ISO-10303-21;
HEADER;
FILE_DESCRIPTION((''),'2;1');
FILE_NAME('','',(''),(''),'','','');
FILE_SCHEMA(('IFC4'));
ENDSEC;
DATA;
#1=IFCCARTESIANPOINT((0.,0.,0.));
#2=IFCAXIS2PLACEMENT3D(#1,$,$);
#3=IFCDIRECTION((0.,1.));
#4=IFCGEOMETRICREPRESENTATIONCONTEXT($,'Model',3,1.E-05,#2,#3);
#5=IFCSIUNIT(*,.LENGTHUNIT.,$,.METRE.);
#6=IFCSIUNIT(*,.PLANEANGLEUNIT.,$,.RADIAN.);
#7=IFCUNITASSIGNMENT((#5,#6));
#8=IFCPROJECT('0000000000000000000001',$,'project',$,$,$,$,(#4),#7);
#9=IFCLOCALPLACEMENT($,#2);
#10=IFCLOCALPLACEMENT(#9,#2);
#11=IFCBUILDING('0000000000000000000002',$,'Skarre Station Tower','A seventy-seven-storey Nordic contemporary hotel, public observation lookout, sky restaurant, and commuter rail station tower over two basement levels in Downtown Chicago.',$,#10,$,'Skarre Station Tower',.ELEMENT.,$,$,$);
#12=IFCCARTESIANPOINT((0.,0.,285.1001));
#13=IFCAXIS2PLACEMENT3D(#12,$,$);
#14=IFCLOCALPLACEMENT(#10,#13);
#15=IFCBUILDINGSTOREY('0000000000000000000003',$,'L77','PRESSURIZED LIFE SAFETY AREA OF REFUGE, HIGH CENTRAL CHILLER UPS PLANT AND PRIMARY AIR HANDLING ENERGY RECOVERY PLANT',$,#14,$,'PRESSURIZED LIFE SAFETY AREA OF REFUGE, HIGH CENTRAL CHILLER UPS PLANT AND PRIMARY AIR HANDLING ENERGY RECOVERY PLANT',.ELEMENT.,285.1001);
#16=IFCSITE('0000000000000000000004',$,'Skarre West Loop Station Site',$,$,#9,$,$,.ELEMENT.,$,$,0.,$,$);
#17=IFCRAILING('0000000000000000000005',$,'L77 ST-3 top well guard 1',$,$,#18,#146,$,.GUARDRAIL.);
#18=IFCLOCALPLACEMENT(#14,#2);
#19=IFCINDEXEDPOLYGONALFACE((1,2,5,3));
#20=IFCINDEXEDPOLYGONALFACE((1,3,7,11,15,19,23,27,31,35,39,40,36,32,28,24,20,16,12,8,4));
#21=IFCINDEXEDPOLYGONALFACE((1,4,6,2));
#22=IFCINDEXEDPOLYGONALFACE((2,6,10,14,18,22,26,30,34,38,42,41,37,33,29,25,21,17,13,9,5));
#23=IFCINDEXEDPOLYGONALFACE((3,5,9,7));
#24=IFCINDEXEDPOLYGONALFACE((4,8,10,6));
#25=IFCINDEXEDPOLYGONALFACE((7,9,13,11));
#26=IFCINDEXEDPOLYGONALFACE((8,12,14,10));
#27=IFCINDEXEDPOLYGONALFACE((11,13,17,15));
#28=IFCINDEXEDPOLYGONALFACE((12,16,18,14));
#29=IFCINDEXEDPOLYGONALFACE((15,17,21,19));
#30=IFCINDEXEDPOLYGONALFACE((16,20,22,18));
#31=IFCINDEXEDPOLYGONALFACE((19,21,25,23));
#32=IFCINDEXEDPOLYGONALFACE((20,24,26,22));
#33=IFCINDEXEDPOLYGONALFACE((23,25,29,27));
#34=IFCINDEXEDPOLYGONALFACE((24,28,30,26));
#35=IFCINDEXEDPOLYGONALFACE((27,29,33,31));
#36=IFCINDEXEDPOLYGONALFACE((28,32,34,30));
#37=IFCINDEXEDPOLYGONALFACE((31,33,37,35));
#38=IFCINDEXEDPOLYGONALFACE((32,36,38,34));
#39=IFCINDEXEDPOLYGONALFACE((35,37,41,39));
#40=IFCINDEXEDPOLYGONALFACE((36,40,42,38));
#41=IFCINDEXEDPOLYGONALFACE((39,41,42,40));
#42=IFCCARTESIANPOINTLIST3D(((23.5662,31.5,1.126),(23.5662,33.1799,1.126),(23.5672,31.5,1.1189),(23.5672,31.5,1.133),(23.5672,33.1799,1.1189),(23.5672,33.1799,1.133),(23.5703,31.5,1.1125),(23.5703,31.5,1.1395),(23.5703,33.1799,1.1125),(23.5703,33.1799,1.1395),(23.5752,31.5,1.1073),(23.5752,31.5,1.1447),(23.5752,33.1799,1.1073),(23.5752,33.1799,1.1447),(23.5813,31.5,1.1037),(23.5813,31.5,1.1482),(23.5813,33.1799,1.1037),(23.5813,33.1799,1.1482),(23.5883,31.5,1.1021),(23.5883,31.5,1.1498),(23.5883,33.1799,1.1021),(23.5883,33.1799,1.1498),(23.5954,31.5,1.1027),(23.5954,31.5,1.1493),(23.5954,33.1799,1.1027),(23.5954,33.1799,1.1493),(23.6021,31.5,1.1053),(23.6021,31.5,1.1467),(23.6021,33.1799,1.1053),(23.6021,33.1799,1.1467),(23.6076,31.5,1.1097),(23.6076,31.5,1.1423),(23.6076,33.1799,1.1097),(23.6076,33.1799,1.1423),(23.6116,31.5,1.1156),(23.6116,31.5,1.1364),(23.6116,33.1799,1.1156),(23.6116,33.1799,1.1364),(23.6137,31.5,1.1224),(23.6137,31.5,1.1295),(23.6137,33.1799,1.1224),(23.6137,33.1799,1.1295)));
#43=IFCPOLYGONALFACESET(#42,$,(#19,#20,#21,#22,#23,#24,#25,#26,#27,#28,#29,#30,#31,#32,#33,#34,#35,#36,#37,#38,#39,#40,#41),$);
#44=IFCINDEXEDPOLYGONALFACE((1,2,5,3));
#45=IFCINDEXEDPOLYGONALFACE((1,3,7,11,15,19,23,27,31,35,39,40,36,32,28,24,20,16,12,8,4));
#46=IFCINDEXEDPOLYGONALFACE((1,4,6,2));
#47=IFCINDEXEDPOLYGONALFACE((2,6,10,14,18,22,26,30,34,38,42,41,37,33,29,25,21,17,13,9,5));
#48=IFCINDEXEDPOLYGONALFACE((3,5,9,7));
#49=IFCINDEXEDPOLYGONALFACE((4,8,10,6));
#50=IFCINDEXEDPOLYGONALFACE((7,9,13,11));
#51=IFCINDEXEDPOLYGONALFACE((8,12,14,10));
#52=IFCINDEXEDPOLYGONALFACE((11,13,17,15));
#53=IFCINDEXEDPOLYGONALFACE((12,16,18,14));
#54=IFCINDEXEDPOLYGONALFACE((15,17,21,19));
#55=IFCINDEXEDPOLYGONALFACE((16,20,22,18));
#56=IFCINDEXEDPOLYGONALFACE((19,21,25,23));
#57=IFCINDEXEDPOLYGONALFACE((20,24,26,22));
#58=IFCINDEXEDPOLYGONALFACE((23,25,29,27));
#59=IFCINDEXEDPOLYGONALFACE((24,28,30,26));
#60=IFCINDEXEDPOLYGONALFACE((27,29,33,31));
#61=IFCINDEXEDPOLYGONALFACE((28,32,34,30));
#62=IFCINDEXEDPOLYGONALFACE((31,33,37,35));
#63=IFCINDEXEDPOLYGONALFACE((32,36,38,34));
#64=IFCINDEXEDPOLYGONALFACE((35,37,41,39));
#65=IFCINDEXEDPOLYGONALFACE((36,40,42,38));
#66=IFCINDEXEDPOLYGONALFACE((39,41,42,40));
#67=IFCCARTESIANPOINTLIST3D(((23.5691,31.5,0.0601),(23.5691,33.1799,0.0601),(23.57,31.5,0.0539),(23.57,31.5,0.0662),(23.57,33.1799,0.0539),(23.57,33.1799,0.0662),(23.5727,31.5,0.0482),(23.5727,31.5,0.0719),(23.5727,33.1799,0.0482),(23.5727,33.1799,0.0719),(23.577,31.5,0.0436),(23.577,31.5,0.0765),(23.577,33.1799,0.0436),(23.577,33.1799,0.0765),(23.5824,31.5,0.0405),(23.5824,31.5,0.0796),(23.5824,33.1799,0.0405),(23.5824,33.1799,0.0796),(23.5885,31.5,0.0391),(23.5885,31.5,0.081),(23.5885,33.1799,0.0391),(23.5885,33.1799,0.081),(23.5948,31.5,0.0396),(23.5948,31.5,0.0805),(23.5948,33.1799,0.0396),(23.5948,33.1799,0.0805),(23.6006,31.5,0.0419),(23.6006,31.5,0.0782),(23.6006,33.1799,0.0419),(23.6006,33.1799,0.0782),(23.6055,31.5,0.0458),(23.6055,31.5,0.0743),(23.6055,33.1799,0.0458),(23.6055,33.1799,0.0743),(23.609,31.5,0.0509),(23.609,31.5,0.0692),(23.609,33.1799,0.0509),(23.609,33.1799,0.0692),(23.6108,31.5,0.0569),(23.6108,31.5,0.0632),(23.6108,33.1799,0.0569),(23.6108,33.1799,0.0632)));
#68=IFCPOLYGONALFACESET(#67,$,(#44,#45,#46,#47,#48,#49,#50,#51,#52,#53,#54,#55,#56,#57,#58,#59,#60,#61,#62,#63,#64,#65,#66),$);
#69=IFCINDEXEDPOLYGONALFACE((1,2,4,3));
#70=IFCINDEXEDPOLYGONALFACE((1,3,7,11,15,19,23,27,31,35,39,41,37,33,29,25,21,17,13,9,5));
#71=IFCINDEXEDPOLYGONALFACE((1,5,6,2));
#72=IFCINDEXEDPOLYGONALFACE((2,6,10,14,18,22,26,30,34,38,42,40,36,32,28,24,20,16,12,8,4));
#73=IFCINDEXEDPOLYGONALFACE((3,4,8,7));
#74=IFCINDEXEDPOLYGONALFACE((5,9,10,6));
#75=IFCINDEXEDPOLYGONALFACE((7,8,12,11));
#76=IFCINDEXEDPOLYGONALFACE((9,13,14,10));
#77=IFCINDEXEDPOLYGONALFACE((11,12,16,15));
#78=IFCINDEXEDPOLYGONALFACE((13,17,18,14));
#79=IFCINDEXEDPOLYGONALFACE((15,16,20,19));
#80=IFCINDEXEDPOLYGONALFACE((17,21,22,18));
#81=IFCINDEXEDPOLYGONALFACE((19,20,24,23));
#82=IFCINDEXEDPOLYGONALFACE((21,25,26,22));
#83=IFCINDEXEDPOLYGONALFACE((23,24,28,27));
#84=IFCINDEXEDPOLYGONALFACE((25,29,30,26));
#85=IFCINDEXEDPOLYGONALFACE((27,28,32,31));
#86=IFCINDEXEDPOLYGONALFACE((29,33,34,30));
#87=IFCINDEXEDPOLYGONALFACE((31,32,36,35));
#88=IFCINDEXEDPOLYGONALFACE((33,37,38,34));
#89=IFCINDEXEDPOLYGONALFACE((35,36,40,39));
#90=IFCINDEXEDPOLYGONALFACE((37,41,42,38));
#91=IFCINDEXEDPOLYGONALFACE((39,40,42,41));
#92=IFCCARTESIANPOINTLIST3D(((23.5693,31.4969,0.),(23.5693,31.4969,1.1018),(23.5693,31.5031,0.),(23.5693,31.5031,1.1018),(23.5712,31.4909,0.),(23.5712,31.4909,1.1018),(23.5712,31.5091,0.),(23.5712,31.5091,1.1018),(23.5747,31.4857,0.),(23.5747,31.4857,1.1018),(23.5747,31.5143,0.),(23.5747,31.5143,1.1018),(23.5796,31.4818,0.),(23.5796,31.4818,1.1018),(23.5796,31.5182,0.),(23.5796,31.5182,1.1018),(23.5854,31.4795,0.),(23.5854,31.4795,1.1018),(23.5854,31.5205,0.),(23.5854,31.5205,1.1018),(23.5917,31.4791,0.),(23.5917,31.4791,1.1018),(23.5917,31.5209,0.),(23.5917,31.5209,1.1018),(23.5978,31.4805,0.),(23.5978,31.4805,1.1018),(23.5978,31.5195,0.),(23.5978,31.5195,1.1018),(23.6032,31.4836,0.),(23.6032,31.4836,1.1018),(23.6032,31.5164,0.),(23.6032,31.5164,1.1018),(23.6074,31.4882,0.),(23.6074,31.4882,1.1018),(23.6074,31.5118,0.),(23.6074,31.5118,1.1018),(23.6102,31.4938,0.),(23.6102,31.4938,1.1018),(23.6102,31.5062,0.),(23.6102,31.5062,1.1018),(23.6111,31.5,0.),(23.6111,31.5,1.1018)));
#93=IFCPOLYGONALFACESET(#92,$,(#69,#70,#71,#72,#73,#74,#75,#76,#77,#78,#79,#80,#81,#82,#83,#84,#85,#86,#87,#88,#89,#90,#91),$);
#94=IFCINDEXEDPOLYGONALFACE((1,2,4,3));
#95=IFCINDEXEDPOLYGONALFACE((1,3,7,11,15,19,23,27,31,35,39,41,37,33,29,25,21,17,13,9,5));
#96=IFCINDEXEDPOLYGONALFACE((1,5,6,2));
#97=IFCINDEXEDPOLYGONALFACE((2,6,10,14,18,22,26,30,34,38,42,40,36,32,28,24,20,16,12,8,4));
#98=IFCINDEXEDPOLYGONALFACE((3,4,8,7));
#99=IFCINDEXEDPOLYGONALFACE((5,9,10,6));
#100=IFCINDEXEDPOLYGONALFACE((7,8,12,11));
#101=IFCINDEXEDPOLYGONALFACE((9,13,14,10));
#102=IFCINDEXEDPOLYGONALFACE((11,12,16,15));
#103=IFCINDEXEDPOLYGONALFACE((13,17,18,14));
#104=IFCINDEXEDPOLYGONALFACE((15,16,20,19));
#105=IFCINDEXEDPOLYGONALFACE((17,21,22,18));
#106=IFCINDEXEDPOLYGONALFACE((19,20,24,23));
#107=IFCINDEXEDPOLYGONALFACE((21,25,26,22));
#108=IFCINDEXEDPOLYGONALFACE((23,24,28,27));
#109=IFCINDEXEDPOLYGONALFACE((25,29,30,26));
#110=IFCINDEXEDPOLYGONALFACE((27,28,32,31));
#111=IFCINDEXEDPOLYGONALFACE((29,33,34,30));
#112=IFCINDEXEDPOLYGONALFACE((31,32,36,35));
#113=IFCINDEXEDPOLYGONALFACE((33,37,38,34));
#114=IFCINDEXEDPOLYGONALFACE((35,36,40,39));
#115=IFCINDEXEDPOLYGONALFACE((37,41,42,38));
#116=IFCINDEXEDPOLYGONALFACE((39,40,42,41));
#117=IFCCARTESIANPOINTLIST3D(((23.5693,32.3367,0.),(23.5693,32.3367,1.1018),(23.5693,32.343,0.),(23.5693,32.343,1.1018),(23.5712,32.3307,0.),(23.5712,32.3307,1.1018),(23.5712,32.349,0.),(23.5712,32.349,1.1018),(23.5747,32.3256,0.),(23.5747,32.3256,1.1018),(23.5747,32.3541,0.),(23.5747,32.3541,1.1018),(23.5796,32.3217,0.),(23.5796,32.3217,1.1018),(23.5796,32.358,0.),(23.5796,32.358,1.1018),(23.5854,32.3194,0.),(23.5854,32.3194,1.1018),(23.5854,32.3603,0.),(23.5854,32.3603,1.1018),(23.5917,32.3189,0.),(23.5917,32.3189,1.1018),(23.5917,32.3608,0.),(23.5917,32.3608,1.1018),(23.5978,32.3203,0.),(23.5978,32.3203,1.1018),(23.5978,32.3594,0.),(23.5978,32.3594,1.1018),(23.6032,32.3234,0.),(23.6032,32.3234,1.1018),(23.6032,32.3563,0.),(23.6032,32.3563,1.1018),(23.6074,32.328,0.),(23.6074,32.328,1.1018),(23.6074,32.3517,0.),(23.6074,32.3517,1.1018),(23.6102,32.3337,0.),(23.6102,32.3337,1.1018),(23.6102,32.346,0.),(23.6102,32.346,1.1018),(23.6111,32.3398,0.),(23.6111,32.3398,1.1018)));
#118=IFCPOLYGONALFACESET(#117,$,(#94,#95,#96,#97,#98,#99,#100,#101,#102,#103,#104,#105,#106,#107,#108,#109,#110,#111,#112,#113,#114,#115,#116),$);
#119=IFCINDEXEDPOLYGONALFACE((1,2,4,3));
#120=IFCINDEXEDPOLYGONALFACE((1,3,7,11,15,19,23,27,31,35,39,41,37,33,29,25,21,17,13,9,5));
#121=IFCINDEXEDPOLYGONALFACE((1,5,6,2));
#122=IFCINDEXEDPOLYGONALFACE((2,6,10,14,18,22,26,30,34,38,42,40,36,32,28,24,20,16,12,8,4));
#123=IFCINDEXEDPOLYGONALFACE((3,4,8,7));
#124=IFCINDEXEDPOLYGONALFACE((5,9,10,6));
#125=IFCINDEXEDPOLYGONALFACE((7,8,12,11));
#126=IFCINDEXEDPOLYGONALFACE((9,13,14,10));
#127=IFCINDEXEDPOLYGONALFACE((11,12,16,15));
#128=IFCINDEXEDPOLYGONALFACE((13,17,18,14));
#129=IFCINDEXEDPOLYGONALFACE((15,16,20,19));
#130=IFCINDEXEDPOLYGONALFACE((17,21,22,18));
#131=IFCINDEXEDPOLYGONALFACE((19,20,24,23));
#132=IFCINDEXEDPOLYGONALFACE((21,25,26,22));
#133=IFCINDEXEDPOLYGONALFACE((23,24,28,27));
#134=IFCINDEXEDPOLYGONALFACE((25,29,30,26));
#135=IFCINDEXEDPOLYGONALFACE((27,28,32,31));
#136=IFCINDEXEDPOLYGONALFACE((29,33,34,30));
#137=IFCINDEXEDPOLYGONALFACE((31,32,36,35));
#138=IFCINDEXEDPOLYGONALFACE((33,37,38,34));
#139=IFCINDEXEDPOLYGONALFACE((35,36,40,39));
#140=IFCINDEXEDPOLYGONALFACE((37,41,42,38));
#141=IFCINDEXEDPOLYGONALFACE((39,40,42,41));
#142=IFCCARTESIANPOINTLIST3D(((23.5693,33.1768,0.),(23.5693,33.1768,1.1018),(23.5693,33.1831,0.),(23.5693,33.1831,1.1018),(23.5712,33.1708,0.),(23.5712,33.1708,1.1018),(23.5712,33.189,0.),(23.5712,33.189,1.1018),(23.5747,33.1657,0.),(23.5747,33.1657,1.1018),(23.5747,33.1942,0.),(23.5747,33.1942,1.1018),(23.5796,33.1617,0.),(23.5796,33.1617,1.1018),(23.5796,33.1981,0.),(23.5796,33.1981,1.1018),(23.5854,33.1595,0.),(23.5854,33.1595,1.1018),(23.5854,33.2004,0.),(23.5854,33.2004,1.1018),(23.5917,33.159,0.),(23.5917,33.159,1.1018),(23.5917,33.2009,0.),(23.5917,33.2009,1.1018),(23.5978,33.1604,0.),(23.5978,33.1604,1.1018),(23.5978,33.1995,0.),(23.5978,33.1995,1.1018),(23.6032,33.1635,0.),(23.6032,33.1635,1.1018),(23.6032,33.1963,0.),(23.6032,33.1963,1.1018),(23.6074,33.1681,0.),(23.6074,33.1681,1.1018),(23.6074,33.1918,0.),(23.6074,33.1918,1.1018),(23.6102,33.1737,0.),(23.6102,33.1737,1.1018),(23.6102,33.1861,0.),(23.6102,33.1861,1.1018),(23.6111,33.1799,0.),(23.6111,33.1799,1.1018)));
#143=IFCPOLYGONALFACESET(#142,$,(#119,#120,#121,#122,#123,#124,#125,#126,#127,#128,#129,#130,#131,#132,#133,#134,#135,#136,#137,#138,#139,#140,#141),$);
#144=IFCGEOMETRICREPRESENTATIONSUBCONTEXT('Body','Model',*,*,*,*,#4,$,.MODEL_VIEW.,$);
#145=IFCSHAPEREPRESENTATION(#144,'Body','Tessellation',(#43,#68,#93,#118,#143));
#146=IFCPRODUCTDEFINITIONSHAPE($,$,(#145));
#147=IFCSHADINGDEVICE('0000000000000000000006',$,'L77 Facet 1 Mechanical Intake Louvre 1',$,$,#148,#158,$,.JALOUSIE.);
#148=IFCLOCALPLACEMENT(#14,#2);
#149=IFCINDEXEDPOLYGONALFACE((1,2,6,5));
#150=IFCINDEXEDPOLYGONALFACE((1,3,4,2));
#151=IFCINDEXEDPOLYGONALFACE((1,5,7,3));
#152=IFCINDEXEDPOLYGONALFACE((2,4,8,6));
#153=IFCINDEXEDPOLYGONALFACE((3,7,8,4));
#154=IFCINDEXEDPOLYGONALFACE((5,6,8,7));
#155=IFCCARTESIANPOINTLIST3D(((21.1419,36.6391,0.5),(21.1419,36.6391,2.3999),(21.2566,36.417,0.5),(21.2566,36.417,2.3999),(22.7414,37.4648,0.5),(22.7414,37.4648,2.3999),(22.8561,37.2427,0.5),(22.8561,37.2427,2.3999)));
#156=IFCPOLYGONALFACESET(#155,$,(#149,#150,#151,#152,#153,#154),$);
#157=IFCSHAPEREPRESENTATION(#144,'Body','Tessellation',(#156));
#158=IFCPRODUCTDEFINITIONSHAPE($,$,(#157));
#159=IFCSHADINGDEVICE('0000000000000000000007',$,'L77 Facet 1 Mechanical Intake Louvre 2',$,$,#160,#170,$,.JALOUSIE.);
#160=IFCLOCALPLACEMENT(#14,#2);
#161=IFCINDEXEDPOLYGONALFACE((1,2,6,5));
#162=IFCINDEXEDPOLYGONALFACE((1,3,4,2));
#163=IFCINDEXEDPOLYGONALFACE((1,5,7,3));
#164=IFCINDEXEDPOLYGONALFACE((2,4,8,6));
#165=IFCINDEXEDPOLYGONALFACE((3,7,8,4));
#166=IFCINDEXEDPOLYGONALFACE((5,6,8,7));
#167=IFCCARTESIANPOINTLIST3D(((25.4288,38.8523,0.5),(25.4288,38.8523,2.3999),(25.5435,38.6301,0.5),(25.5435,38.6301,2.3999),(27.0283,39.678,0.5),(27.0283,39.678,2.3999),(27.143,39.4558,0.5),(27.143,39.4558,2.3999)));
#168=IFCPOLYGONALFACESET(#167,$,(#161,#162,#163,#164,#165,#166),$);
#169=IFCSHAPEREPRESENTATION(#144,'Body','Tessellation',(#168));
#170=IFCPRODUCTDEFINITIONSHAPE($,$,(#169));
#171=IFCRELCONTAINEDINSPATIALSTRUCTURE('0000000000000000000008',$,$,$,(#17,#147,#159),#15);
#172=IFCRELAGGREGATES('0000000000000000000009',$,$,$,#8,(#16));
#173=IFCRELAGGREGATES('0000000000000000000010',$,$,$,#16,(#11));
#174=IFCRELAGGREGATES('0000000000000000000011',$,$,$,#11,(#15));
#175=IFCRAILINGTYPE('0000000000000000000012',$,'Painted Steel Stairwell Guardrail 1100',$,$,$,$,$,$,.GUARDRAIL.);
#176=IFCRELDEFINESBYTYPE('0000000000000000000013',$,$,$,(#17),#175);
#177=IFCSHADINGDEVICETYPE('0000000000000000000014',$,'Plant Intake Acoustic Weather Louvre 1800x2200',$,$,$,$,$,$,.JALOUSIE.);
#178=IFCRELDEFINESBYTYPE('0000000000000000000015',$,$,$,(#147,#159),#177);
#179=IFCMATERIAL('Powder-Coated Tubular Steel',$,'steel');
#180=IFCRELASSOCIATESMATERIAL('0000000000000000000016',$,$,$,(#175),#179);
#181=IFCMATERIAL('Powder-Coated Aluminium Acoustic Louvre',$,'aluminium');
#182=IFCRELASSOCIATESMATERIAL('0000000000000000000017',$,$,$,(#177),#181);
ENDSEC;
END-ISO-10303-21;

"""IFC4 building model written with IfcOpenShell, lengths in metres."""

from ifc_helpers import new_model, si_unit, direction, frame, origin, origin_2d, place, context, subcontext, project, spatial, rectangle, circle, extrude, material, type_object, element, save


model = new_model("IFC4")

# Units and contexts
model_context = context("Model", 3, precision=1e-05, world=origin(), true_north=direction((0.0, 1.0)))
body_context = subcontext(model_context, "Body", "Model", "MODEL_VIEW")
ifc_project = project(units=[si_unit("LENGTHUNIT", "METRE"), si_unit("PLANEANGLEUNIT", "RADIAN")], contexts=[model_context])

# Site, building, storey
site_placement = place(None, origin())
site = spatial("IfcSite", under=ifc_project, at=site_placement, Name="Skarre West Loop Station Site", CompositionType="ELEMENT", RefElevation=0.0)
building_placement = place(site_placement, origin())
building = spatial("IfcBuilding", under=site, at=building_placement, Name="Skarre Station Tower", Description="A seventy-seven-storey Nordic contemporary hotel, public observation lookout, sky restaurant, and commuter rail station tower over two basement levels in Downtown Chicago.", LongName="Skarre Station Tower", CompositionType="ELEMENT")
storey_placement = place(building_placement, frame((0.0, 0.0, 285.1001)))
storey = spatial("IfcBuildingStorey", under=building, at=storey_placement, Name="L77", Description="PRESSURIZED LIFE SAFETY AREA OF REFUGE, HIGH CENTRAL CHILLER UPS PLANT AND PRIMARY AIR HANDLING ENERGY RECOVERY PLANT", LongName="PRESSURIZED LIFE SAFETY AREA OF REFUGE, HIGH CENTRAL CHILLER UPS PLANT AND PRIMARY AIR HANDLING ENERGY RECOVERY PLANT", CompositionType="ELEMENT", Elevation=285.1001)

# Railing
ifc_material_1 = material(Name="Powder-Coated Tubular Steel", Category="steel")
railing_type = type_object("IfcRailingType", Name="Painted Steel Stairwell Guardrail 1100", PredefinedType="GUARDRAIL", material=ifc_material_1)
railing_placement = place(storey_placement, frame((23.5901, 31.5, 0.0)))
element("IfcRailing", 1, at=railing_placement, inside=storey, type_object=railing_type, Name="L77 ST-3 top well guard 1", PredefinedType="GUARDRAIL", context=body_context, shape_type="SweptSolid", body=[
    extrude(circle(Radius=0.0239, at=origin_2d()), frame((0.0, 0.0, 1.126), z_axis=(0.0, 1.0, 0.0), x_axis=(-1.0, 0.0, 0.0)), (0.0, 0.0, 1.0), 1.6799),
    extrude(circle(Radius=0.021, at=origin_2d()), frame((0.0, 0.0, 0.0601), z_axis=(0.0, 1.0, 0.0), x_axis=(-1.0, 0.0, 0.0)), (0.0, 0.0, 1.0), 1.6799),
    extrude(circle(Radius=0.021, at=origin_2d()), origin(), (0.0, 0.0, 1.0), 1.1018),
    extrude(circle(Radius=0.021, at=origin_2d()), frame((0.0, 0.8398, 0.0)), (0.0, 0.0, 1.0), 1.1018),
    extrude(circle(Radius=0.021, at=origin_2d()), frame((0.0, 1.6799, 0.0)), (0.0, 0.0, 1.0), 1.1018),
])

# Shading devices
ifc_material_2 = material(Name="Powder-Coated Aluminium Acoustic Louvre", Category="aluminium")
shading_device_type = type_object("IfcShadingDeviceType", Name="Plant Intake Acoustic Weather Louvre 1800x2200", PredefinedType="JALOUSIE", material=ifc_material_2)
for number, where, z_axis, x_axis, name in (
    (2, (21.999, 36.9409, 0.5), (0.0, 0.0, 1.0), (-0.458712, 0.888585, 0.0), "L77 Facet 1 Mechanical Intake Louvre 1"),
    (3, (26.2859, 39.1541, 0.5), (0.0, 0.0, 1.0), (-0.458712, 0.888585, 0.0), "L77 Facet 1 Mechanical Intake Louvre 2"),
):
    element("IfcShadingDevice", number, at=place(storey_placement, frame(where, z_axis=z_axis, x_axis=x_axis)), inside=storey, type_object=shading_device_type, Name=name, PredefinedType="JALOUSIE", context=body_context, shape_type="SweptSolid", body=[
        extrude(rectangle(XDim=0.25, YDim=1.8, at=origin_2d()), origin(), (0.0, 0.0, 1.0), 1.8999),
    ])

save(model, "model.ifc")
